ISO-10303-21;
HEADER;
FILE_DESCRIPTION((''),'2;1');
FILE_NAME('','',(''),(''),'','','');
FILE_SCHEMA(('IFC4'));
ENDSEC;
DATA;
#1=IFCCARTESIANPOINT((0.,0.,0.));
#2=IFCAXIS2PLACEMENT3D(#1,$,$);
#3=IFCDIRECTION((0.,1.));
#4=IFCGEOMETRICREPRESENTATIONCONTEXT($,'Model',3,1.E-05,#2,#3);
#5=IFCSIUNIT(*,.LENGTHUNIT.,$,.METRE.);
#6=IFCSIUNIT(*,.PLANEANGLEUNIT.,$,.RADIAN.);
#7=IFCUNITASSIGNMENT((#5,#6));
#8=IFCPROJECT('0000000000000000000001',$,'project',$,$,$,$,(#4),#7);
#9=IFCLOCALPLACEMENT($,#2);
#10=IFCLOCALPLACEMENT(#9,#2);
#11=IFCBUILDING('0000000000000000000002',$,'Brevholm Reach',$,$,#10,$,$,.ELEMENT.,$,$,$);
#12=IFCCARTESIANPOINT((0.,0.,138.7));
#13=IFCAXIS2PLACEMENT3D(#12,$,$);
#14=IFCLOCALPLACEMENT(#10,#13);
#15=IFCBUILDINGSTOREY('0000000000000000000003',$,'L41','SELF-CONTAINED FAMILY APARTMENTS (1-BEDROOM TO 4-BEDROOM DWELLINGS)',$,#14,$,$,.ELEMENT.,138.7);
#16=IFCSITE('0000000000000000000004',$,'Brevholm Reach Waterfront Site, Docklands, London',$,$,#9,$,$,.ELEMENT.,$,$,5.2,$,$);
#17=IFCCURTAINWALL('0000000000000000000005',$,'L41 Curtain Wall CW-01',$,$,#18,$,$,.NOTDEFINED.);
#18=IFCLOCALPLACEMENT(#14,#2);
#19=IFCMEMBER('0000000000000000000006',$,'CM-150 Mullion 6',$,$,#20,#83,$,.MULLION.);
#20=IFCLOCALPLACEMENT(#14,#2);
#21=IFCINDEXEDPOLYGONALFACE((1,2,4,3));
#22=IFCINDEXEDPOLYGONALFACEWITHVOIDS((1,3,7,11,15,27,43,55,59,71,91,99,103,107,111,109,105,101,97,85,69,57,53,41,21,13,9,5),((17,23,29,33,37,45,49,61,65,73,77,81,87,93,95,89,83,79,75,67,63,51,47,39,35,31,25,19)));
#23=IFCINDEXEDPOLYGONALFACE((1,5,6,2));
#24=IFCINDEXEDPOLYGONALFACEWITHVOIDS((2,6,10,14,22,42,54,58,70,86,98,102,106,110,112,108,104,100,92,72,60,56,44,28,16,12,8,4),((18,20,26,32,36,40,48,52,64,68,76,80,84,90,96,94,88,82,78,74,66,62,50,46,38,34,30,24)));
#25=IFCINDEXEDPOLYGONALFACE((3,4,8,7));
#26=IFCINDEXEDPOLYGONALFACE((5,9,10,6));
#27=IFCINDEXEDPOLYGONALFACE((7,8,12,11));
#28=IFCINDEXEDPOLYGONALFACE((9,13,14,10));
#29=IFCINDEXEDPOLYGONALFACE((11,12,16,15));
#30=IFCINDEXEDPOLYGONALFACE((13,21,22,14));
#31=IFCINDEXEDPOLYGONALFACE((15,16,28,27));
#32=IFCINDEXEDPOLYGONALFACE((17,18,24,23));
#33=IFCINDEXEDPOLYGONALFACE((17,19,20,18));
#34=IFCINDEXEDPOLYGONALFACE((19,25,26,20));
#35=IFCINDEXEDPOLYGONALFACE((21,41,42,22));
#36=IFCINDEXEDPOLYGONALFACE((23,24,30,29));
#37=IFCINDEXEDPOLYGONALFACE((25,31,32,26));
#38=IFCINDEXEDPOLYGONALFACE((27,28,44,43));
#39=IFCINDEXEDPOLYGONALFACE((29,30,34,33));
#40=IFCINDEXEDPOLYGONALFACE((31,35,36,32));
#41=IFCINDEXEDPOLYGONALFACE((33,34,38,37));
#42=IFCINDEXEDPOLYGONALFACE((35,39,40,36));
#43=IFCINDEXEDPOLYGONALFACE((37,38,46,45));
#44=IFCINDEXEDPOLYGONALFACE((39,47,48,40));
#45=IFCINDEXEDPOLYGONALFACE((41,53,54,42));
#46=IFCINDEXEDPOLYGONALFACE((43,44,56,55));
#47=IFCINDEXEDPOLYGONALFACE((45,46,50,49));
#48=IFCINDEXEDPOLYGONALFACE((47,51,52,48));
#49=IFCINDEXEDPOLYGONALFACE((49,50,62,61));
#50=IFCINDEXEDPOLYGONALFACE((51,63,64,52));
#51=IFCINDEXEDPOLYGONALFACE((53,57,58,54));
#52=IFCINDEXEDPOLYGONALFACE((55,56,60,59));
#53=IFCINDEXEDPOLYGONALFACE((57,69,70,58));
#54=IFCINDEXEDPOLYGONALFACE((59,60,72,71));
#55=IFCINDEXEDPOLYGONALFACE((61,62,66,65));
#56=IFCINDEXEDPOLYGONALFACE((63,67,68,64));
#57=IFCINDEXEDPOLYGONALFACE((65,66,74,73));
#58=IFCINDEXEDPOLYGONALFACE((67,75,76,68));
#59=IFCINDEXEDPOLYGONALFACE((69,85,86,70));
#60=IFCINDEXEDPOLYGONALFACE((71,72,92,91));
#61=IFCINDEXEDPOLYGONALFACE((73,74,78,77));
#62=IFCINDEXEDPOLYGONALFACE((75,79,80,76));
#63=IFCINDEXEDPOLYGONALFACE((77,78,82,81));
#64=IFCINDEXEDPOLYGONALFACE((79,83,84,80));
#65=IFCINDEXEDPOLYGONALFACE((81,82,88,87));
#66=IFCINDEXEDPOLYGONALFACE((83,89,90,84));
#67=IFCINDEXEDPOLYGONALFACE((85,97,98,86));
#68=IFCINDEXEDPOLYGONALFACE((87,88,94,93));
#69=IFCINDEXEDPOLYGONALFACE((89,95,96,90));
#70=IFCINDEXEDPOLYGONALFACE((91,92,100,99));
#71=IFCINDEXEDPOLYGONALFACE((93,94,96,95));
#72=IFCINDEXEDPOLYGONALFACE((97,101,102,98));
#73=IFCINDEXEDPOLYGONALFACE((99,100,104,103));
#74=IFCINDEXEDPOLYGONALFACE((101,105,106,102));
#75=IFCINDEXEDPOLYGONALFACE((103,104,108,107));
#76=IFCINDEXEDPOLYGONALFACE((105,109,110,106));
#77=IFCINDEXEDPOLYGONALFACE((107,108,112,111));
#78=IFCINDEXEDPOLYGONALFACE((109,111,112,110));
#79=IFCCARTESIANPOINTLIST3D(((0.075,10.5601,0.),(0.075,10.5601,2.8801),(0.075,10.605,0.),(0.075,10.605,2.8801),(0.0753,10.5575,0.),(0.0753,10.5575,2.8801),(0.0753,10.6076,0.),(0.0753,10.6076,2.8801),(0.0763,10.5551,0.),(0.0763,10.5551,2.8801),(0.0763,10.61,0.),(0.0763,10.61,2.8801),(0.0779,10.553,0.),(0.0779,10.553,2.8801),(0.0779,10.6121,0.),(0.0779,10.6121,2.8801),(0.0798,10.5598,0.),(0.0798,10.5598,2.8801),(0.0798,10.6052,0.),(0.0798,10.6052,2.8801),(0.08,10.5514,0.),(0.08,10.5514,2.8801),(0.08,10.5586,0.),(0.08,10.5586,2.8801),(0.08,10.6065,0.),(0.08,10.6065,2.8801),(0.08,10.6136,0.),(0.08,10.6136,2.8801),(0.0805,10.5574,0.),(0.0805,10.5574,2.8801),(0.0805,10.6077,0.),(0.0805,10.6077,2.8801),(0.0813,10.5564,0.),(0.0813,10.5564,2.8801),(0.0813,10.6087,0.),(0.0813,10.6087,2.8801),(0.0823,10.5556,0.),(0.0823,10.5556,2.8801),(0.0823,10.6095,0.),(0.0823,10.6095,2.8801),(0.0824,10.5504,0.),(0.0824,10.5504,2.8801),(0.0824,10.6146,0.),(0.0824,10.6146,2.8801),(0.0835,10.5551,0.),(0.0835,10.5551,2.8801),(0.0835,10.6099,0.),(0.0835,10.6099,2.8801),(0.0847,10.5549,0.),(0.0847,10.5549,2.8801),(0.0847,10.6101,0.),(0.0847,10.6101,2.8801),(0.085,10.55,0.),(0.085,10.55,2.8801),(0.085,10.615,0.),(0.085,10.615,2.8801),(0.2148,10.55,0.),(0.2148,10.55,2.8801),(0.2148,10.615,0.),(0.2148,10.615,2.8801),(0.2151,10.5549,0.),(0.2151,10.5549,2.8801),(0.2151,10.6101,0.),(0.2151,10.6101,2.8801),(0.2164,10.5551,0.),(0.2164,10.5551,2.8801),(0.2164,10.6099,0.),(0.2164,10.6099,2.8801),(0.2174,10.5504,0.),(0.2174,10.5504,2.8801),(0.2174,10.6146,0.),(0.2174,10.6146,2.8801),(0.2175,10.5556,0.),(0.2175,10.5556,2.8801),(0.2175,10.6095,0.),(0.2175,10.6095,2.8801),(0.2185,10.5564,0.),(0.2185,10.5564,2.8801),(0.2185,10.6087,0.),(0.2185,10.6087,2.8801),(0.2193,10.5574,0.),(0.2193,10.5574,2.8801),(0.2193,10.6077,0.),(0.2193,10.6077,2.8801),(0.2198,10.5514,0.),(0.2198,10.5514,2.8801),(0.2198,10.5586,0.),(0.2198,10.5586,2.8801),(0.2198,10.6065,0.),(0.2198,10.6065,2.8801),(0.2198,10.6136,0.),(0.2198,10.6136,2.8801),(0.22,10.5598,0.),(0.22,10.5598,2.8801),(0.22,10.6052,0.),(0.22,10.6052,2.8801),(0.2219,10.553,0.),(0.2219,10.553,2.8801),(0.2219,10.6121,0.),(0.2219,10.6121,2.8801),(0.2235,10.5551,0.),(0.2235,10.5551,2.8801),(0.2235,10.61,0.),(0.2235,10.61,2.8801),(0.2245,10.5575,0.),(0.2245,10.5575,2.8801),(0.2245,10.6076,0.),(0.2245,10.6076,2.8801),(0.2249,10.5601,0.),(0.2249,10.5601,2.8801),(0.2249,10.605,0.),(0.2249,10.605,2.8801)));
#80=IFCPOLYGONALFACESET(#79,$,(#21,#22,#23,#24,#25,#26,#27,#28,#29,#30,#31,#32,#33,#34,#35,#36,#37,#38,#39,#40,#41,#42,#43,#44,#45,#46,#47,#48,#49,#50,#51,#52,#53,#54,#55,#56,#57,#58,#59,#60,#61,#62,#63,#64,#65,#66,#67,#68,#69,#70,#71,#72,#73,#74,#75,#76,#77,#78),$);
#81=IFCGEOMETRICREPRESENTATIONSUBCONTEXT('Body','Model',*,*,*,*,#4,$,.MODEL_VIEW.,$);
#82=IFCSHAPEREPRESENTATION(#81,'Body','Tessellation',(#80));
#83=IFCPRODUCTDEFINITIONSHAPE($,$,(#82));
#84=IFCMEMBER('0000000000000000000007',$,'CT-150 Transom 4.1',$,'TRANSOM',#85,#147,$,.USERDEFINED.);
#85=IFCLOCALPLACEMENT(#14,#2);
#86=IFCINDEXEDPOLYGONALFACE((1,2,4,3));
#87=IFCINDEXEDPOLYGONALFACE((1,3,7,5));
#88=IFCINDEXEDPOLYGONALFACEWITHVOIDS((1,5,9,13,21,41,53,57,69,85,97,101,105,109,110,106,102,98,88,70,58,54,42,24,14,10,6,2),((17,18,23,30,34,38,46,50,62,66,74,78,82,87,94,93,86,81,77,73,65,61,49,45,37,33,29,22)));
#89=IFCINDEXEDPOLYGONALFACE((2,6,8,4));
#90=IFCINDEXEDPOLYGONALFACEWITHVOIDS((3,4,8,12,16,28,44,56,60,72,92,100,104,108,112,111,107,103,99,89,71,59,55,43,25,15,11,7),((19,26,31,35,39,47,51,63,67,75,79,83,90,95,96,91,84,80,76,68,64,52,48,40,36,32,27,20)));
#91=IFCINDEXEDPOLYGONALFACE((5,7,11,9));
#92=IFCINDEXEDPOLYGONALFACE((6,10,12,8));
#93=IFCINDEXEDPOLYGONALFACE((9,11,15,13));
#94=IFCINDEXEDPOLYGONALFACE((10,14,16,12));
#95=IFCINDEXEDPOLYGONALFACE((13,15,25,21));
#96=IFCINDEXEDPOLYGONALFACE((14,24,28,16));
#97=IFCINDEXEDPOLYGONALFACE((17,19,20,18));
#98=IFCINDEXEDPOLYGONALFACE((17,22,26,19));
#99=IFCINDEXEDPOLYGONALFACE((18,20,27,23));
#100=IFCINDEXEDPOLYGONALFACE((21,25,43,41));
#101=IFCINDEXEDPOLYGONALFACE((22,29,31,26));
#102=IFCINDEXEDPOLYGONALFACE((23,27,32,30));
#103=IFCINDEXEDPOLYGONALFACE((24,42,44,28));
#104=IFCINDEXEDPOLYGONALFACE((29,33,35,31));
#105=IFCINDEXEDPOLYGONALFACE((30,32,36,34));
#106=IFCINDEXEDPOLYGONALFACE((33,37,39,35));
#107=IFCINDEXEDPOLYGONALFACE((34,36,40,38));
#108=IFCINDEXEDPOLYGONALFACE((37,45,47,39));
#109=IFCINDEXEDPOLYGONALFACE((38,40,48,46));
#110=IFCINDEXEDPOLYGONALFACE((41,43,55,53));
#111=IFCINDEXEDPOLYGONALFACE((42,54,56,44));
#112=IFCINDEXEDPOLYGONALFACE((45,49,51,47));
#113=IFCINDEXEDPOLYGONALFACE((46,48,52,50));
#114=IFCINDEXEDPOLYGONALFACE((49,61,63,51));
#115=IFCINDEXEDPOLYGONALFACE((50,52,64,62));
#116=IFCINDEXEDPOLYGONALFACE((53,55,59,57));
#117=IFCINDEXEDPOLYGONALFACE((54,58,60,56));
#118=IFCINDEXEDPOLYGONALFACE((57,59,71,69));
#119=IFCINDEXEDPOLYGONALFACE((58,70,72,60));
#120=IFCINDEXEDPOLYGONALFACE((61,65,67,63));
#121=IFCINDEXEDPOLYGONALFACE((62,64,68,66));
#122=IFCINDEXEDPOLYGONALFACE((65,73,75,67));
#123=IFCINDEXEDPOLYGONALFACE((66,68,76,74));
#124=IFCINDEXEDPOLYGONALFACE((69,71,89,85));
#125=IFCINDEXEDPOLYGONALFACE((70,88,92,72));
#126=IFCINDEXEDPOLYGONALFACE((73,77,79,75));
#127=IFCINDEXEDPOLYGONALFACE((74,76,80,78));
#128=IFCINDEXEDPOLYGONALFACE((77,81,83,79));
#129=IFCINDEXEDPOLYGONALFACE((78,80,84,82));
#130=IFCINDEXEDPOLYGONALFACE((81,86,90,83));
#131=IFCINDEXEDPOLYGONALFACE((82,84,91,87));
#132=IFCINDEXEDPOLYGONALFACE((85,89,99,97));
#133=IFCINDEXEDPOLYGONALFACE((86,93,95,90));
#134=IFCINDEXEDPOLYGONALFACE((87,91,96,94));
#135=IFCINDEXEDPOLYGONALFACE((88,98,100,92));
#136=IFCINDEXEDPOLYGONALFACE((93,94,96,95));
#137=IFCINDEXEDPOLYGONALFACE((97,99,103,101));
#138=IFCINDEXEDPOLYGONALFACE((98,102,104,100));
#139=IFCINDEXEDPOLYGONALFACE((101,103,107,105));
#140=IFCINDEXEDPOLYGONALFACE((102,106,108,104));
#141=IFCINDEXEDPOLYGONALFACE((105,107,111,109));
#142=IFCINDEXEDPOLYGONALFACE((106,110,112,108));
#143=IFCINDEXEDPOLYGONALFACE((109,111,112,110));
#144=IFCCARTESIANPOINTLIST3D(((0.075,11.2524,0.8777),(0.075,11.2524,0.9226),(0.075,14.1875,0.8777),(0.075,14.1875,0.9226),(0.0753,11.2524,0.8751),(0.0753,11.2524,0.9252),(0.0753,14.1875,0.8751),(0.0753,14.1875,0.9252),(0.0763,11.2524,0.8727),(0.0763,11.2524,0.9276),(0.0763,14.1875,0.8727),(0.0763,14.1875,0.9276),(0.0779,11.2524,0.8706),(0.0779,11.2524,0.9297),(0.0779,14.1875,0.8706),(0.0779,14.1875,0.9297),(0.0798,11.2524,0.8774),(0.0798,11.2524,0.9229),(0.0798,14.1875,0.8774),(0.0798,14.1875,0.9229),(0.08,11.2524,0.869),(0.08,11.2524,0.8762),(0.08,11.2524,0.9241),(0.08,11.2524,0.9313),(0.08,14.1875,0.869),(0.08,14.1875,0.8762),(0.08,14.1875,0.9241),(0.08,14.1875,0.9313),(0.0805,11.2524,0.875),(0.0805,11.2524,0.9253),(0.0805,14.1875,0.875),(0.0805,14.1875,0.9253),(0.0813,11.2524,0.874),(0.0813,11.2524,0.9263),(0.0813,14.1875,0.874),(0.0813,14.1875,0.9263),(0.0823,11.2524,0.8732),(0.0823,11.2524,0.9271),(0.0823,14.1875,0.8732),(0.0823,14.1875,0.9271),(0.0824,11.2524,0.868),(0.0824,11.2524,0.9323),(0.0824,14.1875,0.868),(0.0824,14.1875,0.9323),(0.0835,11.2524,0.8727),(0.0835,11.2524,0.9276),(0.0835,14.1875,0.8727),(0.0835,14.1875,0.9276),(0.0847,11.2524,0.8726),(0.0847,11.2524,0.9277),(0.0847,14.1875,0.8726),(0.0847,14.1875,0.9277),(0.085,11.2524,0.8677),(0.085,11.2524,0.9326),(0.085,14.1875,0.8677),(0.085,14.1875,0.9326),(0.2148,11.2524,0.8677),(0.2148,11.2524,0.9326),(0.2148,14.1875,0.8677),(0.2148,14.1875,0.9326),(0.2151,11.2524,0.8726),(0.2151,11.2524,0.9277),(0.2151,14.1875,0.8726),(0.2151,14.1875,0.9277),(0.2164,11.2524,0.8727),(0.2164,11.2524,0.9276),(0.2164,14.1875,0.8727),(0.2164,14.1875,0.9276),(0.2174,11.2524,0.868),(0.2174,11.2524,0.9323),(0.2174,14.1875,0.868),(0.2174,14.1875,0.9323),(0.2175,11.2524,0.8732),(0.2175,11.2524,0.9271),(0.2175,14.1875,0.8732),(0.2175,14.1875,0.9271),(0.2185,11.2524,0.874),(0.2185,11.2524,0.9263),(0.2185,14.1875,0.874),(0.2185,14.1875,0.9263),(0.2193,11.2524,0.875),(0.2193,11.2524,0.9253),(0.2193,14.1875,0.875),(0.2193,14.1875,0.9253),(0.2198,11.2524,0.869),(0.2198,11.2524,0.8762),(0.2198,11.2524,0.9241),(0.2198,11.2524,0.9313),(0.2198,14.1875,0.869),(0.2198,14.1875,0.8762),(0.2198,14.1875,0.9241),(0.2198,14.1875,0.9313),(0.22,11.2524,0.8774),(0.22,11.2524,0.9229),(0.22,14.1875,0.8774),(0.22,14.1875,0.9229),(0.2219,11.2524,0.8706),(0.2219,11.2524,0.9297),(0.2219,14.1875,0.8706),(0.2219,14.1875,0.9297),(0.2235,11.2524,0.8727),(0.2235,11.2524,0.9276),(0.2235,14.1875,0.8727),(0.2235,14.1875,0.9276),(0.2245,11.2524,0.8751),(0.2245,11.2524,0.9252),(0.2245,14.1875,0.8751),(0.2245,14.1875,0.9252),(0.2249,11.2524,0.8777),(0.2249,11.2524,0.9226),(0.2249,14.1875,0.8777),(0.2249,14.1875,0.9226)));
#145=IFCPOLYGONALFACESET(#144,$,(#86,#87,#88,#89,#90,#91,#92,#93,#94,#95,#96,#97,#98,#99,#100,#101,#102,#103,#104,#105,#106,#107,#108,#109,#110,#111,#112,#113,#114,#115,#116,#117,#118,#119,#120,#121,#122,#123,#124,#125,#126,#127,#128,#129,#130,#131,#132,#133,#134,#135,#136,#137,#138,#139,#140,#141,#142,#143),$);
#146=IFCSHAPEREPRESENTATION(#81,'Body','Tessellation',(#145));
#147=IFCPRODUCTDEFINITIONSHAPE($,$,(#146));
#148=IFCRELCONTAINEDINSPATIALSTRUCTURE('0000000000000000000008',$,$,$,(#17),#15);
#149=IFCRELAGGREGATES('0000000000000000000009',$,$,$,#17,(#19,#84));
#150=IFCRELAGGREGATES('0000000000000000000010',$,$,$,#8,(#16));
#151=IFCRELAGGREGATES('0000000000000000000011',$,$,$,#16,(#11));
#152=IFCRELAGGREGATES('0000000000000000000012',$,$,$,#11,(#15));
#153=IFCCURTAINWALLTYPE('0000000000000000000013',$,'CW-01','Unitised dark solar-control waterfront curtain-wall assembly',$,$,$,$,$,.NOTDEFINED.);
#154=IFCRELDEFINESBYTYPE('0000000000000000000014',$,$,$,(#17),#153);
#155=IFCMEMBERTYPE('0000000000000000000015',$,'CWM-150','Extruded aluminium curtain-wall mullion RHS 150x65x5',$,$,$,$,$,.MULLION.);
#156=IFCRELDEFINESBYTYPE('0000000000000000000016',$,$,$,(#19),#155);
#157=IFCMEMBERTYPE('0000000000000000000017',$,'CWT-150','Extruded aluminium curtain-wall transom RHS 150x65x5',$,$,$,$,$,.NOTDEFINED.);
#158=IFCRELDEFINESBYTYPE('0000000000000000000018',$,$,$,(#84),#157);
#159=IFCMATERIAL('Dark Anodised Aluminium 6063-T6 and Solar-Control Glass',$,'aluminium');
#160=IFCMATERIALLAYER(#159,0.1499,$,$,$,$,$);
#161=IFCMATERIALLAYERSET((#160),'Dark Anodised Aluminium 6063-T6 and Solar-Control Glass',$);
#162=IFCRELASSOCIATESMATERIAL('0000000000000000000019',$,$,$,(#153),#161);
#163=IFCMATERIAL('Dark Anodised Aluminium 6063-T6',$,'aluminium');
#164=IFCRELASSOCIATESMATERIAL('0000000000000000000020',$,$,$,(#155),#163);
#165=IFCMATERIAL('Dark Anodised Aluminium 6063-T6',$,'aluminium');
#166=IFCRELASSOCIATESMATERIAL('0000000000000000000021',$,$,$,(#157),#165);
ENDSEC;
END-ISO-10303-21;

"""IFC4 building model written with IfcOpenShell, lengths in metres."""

from ifc_helpers import new_model, si_unit, direction, frame, origin, origin_2d, place, context, subcontext, project, spatial, hollow_rectangle, extrude, material, layer, layer_set, material_profile, profile_set, type_object, element, aggregate, save


model = new_model("IFC4")

# Units and contexts
model_context = context("Model", 3, precision=1e-05, world=origin(), true_north=direction((0.0, 1.0)))
body_context = subcontext(model_context, "Body", "Model", "MODEL_VIEW")
ifc_project = project(units=[si_unit("LENGTHUNIT", "METRE"), si_unit("PLANEANGLEUNIT", "RADIAN")], contexts=[model_context])

# Site, building, storey
site_placement = place(None, origin())
site = spatial("IfcSite", under=ifc_project, at=site_placement, Name="Brevholm Reach Waterfront Site, Docklands, London", CompositionType="ELEMENT", RefElevation=5.2)
building_placement = place(site_placement, origin())
building = spatial("IfcBuilding", under=site, at=building_placement, Name="Brevholm Reach", CompositionType="ELEMENT")
storey_placement = place(building_placement, frame((0.0, 0.0, 138.7)))
storey = spatial("IfcBuildingStorey", under=building, at=storey_placement, Name="L41", Description="SELF-CONTAINED FAMILY APARTMENTS (1-BEDROOM TO 4-BEDROOM DWELLINGS)", CompositionType="ELEMENT", Elevation=138.7)

# Curtain wall, members
ifc_material_1 = material(Name="Dark Anodised Aluminium 6063-T6 and Solar-Control Glass", Category="aluminium")
ifc_layer_1 = layer(ifc_material_1, 0.1499)
ifc_layer_set_1 = layer_set([ifc_layer_1], Name="Dark Anodised Aluminium 6063-T6 and Solar-Control Glass")
curtain_wall_type = type_object("IfcCurtainWallType", Name="CW-01", Description="Unitised dark solar-control waterfront curtain-wall assembly", PredefinedType="NOTDEFINED", material=ifc_layer_set_1)
curtain_wall_placement = place(storey_placement, origin())
curtain_wall = element("IfcCurtainWall", 1, at=curtain_wall_placement, inside=storey, type_object=curtain_wall_type, Name="L41 Curtain Wall CW-01", PredefinedType="NOTDEFINED")
ifc_material_2 = material(Name="Dark Anodised Aluminium 6063-T6", Category="aluminium")
ifc_material_profile_1 = material_profile(ifc_material_2, hollow_rectangle(XDim=0.0649, YDim=0.1499, WallThickness=0.0049, InnerFilletRadius=0.0049, OuterFilletRadius=0.01, at=origin_2d()), Name="RHS 150x65x5")
ifc_profile_set_1 = profile_set([ifc_material_profile_1], Name="Dark Anodised Aluminium 6063-T6")
member_type_1 = type_object("IfcMemberType", Name="CWM-150", Description="Extruded aluminium curtain-wall mullion RHS 150x65x5", PredefinedType="MULLION", material=ifc_profile_set_1)
member_1_placement = place(storey_placement, frame((0.1499, 10.5825, 0.0), z_axis=(0.0, 0.0, 1.0), x_axis=(0.0, -1.0, 0.0)))
member_1 = element("IfcMember", 2, at=member_1_placement, type_object=member_type_1, Name="CM-150 Mullion 6", PredefinedType="MULLION", context=body_context, shape_type="SweptSolid", body=[
    extrude(hollow_rectangle(XDim=0.0649, YDim=0.1499, WallThickness=0.0049, InnerFilletRadius=0.0049, OuterFilletRadius=0.01, at=origin_2d()), origin(), (0.0, 0.0, 1.0), 2.8801),
])
ifc_material_3 = material(Name="Dark Anodised Aluminium 6063-T6", Category="aluminium")
ifc_material_profile_2 = material_profile(ifc_material_3, hollow_rectangle(XDim=0.0649, YDim=0.1499, WallThickness=0.0049, InnerFilletRadius=0.0049, OuterFilletRadius=0.01, at=origin_2d()), Name="RHS 150x65x5")
ifc_profile_set_2 = profile_set([ifc_material_profile_2], Name="Dark Anodised Aluminium 6063-T6")
member_type_2 = type_object("IfcMemberType", Name="CWT-150", Description="Extruded aluminium curtain-wall transom RHS 150x65x5", PredefinedType="NOTDEFINED", material=ifc_profile_set_2)
member_2_placement = place(storey_placement, frame((0.1499, 14.1875, 0.9001), z_axis=(0.0, -1.0, 0.0), x_axis=(0.0, 0.0, 1.0)))
member_2 = element("IfcMember", 3, at=member_2_placement, type_object=member_type_2, Name="CT-150 Transom 4.1", ObjectType="TRANSOM", PredefinedType="USERDEFINED", context=body_context, shape_type="SweptSolid", body=[
    extrude(hollow_rectangle(XDim=0.0649, YDim=0.1499, WallThickness=0.0049, InnerFilletRadius=0.0049, OuterFilletRadius=0.01, at=origin_2d()), origin(), (0.0, 0.0, 1.0), 2.9351),
])
aggregate(curtain_wall, [member_1, member_2])

save(model, "model.ifc")
